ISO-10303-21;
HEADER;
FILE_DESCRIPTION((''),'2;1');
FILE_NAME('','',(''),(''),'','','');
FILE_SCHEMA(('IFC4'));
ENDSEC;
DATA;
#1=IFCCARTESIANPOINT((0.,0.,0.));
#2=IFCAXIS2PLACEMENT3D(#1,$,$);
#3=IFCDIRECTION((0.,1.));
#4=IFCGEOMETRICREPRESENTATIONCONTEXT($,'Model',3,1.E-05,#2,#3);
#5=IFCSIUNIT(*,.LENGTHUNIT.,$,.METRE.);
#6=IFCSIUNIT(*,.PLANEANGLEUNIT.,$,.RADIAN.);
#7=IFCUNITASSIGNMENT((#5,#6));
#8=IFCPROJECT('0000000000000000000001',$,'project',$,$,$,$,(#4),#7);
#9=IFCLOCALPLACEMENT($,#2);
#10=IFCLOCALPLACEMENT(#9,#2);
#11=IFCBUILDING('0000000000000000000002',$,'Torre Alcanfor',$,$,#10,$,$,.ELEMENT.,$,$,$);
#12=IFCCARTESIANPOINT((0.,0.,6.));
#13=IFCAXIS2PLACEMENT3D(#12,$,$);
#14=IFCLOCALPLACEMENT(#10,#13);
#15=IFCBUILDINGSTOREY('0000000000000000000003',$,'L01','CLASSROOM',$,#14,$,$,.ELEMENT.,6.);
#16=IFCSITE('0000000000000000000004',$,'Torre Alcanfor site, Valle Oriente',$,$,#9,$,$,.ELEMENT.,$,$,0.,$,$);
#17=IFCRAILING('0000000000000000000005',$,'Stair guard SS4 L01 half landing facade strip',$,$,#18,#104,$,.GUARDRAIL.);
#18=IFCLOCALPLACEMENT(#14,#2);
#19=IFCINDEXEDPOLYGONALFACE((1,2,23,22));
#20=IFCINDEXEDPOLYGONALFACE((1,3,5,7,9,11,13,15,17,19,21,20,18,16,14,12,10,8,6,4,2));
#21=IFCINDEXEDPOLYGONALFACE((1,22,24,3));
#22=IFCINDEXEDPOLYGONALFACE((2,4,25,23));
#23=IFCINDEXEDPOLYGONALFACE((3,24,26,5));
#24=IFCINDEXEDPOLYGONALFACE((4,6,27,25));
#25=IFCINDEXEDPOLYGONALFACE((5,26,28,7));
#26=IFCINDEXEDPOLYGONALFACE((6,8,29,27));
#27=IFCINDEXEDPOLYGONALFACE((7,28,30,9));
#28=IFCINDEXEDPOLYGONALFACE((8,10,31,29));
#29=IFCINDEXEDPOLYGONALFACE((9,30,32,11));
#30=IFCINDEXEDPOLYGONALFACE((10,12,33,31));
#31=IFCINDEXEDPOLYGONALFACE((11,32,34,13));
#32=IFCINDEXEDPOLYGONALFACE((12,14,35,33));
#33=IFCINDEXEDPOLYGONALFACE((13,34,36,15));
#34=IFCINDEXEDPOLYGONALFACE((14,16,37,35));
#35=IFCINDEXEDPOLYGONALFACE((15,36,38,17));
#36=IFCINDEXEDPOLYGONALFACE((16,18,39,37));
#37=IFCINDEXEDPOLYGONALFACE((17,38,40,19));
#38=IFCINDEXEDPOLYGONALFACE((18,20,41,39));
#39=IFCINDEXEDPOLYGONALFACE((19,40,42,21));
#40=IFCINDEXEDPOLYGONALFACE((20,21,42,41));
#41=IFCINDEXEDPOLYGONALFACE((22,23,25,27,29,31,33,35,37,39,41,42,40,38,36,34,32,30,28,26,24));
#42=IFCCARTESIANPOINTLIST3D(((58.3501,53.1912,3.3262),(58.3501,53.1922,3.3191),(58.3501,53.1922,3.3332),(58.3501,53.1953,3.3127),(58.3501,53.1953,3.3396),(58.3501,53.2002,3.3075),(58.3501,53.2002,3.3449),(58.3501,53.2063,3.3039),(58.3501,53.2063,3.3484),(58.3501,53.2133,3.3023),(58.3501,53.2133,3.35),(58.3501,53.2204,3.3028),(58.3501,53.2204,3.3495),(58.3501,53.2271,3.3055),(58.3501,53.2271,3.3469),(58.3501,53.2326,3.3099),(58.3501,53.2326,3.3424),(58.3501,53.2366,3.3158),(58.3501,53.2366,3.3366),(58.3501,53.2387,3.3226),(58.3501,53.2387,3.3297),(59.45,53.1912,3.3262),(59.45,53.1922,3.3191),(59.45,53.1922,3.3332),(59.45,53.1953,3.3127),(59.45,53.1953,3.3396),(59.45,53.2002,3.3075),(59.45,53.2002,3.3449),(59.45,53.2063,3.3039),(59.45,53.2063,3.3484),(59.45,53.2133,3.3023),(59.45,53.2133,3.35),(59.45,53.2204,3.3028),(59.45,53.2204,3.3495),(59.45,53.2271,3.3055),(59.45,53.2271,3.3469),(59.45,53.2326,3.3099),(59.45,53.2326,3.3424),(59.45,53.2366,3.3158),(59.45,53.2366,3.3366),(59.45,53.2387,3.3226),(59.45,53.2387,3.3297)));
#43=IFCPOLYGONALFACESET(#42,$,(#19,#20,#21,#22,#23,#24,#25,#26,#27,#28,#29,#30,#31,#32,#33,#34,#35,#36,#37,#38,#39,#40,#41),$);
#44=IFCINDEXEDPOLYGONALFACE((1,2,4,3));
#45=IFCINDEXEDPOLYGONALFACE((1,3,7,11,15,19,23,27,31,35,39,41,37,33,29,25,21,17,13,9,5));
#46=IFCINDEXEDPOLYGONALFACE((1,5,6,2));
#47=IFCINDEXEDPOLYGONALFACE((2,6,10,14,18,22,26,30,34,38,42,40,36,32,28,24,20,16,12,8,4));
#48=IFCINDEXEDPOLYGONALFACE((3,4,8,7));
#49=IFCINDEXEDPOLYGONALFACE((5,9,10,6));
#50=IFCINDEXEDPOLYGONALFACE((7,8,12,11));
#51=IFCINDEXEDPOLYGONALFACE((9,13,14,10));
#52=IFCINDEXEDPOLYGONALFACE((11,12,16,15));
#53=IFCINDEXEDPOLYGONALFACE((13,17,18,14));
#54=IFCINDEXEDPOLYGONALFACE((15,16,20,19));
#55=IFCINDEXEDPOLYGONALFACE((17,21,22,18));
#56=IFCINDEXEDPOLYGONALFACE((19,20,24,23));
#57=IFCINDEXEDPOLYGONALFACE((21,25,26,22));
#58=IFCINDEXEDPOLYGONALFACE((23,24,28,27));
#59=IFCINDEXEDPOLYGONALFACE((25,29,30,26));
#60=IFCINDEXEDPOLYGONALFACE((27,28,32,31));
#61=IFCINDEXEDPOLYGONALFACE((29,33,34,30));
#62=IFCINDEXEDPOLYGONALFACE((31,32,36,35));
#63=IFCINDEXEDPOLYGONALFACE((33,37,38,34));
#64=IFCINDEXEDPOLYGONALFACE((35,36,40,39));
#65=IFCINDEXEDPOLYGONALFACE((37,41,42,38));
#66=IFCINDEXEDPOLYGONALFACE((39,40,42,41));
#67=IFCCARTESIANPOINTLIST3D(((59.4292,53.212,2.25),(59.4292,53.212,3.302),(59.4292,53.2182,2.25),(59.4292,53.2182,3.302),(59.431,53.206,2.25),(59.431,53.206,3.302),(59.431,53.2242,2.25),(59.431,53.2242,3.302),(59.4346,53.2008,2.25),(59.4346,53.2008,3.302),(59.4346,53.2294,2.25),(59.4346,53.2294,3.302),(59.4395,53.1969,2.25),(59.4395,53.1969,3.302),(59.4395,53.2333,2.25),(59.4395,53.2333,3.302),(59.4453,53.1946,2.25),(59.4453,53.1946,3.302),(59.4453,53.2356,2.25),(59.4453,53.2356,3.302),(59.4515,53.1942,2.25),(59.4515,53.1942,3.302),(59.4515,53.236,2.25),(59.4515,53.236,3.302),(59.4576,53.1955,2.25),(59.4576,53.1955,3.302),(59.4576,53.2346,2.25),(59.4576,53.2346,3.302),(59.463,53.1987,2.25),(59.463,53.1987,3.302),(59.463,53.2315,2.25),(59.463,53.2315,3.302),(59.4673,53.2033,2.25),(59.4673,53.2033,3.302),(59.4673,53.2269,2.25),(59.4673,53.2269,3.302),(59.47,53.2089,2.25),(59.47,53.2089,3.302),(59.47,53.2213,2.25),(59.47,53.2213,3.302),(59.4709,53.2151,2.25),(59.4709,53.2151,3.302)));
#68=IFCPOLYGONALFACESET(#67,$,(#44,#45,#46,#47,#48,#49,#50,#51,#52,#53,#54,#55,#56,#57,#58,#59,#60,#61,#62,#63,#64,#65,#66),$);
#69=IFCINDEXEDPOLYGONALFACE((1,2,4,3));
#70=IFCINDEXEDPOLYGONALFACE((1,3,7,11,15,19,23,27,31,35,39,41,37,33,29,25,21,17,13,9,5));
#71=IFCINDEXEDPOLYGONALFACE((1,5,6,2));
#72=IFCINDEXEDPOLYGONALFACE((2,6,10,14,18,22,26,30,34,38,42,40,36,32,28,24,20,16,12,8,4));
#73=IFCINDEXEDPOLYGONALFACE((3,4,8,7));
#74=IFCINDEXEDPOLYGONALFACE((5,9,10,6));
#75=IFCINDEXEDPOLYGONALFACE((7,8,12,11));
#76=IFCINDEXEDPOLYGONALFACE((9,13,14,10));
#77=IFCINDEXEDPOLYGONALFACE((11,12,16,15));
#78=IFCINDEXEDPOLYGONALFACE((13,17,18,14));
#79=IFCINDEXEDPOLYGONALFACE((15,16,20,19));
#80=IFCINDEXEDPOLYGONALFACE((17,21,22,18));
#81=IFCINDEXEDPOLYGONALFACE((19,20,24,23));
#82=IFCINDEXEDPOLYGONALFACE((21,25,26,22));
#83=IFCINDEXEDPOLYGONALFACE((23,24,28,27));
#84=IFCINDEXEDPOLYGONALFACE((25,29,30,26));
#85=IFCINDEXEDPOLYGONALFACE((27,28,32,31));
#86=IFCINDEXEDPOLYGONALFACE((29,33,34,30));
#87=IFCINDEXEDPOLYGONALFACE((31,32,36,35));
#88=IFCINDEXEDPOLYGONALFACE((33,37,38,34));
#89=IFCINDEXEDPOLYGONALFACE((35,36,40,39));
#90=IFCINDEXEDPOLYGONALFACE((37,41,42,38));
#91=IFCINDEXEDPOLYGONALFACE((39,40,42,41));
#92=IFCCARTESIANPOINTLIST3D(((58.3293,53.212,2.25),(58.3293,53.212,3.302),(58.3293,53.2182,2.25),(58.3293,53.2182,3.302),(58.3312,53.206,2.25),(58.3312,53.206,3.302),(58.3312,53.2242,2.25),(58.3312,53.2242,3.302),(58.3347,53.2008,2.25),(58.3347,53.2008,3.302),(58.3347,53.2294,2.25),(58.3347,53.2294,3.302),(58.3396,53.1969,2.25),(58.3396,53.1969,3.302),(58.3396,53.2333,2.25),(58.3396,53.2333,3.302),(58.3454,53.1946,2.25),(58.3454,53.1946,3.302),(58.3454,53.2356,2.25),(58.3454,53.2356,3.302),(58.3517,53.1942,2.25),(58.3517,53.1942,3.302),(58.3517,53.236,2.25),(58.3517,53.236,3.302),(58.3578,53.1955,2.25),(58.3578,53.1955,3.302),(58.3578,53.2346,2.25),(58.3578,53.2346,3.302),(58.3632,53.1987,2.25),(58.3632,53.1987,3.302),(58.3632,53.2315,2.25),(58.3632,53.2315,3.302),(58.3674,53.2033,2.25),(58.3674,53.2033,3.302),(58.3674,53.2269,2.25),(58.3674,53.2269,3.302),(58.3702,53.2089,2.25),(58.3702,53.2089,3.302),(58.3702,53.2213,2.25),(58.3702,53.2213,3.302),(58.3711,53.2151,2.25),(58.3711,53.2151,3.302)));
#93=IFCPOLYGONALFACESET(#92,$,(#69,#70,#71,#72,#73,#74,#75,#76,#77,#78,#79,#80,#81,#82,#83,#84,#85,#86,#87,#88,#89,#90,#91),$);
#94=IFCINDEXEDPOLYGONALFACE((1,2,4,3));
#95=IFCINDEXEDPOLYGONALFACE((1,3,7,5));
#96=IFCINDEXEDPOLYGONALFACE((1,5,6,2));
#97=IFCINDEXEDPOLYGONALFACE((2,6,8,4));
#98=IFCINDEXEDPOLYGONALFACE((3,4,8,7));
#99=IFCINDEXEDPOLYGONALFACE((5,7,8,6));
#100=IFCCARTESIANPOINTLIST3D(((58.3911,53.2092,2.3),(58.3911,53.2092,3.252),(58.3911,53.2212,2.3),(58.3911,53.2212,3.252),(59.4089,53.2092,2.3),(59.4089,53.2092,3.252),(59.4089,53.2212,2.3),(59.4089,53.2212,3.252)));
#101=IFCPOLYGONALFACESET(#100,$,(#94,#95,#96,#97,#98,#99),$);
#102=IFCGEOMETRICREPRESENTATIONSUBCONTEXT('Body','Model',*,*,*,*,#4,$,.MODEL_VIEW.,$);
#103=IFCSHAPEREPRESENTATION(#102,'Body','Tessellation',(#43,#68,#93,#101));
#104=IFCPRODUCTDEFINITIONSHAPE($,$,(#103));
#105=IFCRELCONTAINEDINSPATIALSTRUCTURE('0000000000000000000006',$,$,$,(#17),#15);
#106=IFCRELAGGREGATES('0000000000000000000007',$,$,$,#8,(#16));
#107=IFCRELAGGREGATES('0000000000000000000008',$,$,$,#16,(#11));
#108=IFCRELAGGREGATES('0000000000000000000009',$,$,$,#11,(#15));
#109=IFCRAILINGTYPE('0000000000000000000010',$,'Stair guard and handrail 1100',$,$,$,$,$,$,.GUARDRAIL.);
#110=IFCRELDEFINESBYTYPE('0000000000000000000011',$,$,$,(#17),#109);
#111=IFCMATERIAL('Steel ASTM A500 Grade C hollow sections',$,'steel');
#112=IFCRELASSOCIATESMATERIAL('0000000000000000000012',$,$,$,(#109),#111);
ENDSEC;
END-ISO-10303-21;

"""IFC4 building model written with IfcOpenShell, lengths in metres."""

from ifc_helpers import new_model, si_unit, direction, frame, origin, origin_2d, place, context, subcontext, project, spatial, polyline, circle, outline, extrude, material, type_object, element, save


model = new_model("IFC4")

# Units and contexts
model_context = context("Model", 3, precision=1e-05, world=origin(), true_north=direction((0.0, 1.0)))
body_context = subcontext(model_context, "Body", "Model", "MODEL_VIEW")
ifc_project = project(units=[si_unit("LENGTHUNIT", "METRE"), si_unit("PLANEANGLEUNIT", "RADIAN")], contexts=[model_context])

# Site, building, storey
site_placement = place(None, origin())
site = spatial("IfcSite", under=ifc_project, at=site_placement, Name="Torre Alcanfor site, Valle Oriente", CompositionType="ELEMENT", RefElevation=0.0)
building_placement = place(site_placement, origin())
building = spatial("IfcBuilding", under=site, at=building_placement, Name="Torre Alcanfor", CompositionType="ELEMENT")
storey_placement = place(building_placement, frame((0.0, 0.0, 6.0)))
storey = spatial("IfcBuildingStorey", under=building, at=storey_placement, Name="L01", Description="CLASSROOM", CompositionType="ELEMENT", Elevation=6.0)

# Railing
ifc_material_1 = material(Name="Steel ASTM A500 Grade C hollow sections", Category="steel")
railing_type_1 = type_object("IfcRailingType", Name="Stair guard and handrail 1100", PredefinedType="GUARDRAIL", material=ifc_material_1)
railing_1_placement = place(storey_placement, frame((59.45, 53.2151, 2.25)))
element("IfcRailing", 1, at=railing_1_placement, inside=storey, type_object=railing_type_1, Name="Stair guard SS4 L01 half landing facade strip", PredefinedType="GUARDRAIL", context=body_context, shape_type="SweptSolid", body=[
    extrude(circle(Radius=0.0239, at=origin_2d()), frame((0.0, 0.0, 1.0762), z_axis=(-1.0, 0.0, 0.0), x_axis=(0.0, -1.0, 0.0)), (0.0, 0.0, 1.0), 1.0999),
    extrude(circle(Radius=0.021, at=origin_2d()), origin(), (0.0, 0.0, 1.0), 1.052),
    extrude(circle(Radius=0.021, at=origin_2d()), frame((-1.0999, 0.0, 0.0)), (0.0, 0.0, 1.0), 1.052),
    extrude(outline(polyline([(0.041, 0.05), (1.0588, 0.05), (1.0588, 1.002), (0.041, 1.002), (0.041, 0.05)])), frame((0.0, -0.0059, 0.0), z_axis=(0.0, 1.0, 0.0), x_axis=(-1.0, 0.0, 0.0)), (0.0, 0.0, 1.0), 0.012),
])

save(model, "model.ifc")
